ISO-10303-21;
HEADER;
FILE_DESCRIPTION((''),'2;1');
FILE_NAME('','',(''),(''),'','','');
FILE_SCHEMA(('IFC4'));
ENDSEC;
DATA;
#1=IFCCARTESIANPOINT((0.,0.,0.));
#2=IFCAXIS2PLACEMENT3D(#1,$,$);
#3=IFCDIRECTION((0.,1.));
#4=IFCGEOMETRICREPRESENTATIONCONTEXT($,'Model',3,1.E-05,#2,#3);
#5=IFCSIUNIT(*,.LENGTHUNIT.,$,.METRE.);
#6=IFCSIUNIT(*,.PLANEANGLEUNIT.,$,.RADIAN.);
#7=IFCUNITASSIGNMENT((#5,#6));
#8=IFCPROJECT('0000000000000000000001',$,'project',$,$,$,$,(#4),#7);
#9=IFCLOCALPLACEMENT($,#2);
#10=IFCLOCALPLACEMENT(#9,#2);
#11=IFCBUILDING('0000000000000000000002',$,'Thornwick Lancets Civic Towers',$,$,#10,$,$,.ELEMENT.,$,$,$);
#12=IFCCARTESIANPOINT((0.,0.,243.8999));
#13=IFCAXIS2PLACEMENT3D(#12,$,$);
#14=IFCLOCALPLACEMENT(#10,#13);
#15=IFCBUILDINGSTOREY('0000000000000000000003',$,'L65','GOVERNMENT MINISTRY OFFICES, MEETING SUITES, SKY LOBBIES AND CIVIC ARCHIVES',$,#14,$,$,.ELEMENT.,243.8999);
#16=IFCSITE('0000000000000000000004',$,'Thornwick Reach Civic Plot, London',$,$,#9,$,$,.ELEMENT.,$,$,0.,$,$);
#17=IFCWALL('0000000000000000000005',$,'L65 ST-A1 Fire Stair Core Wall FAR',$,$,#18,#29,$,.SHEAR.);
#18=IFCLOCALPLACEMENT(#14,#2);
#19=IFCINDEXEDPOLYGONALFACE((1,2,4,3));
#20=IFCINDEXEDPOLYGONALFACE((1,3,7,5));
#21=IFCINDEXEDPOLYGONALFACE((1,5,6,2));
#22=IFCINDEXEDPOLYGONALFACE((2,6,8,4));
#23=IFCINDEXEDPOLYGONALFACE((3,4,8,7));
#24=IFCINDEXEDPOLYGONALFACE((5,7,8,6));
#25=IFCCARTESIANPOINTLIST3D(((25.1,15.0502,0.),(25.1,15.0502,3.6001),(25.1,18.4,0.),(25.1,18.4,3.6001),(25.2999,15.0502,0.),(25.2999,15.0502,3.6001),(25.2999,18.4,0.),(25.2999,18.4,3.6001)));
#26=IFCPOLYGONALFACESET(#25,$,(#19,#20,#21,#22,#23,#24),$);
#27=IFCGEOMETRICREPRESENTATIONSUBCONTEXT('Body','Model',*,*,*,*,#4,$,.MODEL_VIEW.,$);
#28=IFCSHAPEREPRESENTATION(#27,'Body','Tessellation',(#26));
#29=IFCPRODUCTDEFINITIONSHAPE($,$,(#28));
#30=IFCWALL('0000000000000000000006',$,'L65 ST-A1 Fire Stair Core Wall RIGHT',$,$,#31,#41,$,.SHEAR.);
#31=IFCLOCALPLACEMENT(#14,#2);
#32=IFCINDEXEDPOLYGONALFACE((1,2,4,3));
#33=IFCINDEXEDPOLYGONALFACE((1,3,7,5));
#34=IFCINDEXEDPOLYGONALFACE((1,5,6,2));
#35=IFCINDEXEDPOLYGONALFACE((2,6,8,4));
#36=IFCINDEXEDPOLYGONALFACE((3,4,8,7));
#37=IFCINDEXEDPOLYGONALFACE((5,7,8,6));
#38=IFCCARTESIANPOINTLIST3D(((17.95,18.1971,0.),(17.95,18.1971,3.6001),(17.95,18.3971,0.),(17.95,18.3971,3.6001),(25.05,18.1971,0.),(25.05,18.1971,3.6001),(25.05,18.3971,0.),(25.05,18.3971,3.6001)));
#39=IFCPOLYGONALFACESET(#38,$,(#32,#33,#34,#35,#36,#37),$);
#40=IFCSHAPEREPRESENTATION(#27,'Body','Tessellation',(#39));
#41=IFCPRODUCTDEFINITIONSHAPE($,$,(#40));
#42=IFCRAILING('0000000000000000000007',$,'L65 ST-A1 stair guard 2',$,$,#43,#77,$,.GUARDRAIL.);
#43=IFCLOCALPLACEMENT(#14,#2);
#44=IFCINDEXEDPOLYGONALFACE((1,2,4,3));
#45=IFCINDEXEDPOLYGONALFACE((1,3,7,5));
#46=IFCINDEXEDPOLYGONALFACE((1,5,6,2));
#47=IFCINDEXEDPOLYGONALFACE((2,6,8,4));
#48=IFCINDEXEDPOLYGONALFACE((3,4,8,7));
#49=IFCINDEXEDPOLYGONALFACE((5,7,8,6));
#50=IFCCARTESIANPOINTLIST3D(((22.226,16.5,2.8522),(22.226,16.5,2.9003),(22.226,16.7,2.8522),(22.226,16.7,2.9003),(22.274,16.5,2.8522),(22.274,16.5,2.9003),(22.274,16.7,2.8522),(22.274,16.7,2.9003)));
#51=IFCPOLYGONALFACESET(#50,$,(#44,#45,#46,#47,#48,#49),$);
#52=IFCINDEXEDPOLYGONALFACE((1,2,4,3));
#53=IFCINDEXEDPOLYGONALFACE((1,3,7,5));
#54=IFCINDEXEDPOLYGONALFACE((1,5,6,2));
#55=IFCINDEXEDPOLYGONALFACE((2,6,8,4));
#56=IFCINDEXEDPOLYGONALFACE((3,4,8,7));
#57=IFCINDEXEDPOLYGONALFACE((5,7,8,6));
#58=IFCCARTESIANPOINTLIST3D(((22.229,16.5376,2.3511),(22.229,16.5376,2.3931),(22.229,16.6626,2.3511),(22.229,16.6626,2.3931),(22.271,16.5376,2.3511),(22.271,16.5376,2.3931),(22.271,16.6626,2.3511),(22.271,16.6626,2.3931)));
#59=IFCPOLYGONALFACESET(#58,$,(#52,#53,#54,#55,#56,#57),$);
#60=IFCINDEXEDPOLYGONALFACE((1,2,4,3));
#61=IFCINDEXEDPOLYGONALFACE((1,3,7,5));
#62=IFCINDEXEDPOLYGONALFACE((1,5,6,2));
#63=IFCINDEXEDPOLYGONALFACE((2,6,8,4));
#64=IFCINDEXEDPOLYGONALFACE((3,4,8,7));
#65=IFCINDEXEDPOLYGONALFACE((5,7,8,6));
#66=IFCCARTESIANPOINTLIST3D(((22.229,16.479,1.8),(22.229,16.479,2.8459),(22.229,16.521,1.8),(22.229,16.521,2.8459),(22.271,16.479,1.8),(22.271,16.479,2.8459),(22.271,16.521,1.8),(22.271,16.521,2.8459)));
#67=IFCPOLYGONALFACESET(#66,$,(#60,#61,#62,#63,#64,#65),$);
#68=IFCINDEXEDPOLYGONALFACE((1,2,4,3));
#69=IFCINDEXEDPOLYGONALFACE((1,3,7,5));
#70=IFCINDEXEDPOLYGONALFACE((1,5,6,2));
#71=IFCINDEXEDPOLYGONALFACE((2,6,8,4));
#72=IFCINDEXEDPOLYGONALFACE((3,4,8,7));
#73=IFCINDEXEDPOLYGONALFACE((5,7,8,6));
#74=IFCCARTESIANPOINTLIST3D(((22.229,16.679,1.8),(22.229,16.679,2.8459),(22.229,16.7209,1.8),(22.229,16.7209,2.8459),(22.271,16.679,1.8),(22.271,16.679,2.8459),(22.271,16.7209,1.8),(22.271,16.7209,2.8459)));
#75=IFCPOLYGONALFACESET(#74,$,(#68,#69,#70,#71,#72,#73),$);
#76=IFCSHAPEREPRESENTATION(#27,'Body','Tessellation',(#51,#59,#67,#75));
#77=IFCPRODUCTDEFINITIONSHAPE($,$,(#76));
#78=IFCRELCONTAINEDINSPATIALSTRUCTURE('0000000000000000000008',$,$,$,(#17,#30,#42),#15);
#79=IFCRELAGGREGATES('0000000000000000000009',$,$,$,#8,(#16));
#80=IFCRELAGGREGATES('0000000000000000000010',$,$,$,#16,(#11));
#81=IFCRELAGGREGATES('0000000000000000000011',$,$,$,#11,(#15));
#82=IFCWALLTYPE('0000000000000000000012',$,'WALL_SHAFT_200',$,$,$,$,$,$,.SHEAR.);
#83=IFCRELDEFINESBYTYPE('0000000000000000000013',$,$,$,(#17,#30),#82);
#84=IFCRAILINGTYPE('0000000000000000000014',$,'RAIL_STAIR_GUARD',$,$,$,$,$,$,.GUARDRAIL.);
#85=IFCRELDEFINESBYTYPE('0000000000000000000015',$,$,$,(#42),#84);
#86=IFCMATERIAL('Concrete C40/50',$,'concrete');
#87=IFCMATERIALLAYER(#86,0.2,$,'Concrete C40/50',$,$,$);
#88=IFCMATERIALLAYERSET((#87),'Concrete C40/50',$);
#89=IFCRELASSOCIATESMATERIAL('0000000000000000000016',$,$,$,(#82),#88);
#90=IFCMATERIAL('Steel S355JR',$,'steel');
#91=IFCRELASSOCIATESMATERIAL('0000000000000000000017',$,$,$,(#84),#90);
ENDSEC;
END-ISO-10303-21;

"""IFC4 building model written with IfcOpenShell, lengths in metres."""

from ifc_helpers import new_model, si_unit, direction, frame, frame_2d, origin, origin_2d, place, context, subcontext, project, spatial, rectangle, extrude, material, layer, layer_set, type_object, element, save


model = new_model("IFC4")

# Units and contexts
model_context = context("Model", 3, precision=1e-05, world=origin(), true_north=direction((0.0, 1.0)))
body_context = subcontext(model_context, "Body", "Model", "MODEL_VIEW")
ifc_project = project(units=[si_unit("LENGTHUNIT", "METRE"), si_unit("PLANEANGLEUNIT", "RADIAN")], contexts=[model_context])

# Site, building, storey
site_placement = place(None, origin())
site = spatial("IfcSite", under=ifc_project, at=site_placement, Name="Thornwick Reach Civic Plot, London", CompositionType="ELEMENT", RefElevation=0.0)
building_placement = place(site_placement, origin())
building = spatial("IfcBuilding", under=site, at=building_placement, Name="Thornwick Lancets Civic Towers", CompositionType="ELEMENT")
storey_placement = place(building_placement, frame((0.0, 0.0, 243.8999)))
storey = spatial("IfcBuildingStorey", under=building, at=storey_placement, Name="L65", Description="GOVERNMENT MINISTRY OFFICES, MEETING SUITES, SKY LOBBIES AND CIVIC ARCHIVES", CompositionType="ELEMENT", Elevation=243.8999)

# Shared definitions
ifc_material_1 = material(Name="Steel S355JR", Category="steel")

# Shared definitions
ifc_material_2 = material(Name="Concrete C40/50", Category="concrete")

# Walls
ifc_layer_1 = layer(ifc_material_2, 0.2, Name="Concrete C40/50")
ifc_layer_set_1 = layer_set([ifc_layer_1], Name="Concrete C40/50")
wall_type_1 = type_object("IfcWallType", Name="WALL_SHAFT_200", PredefinedType="SHEAR", material=ifc_layer_set_1)
wall_1_placement = place(storey_placement, frame((25.2, 18.3999, 0.0), z_axis=(0.0, 0.0, 1.0), x_axis=(0.0, -1.0, 0.0)))
element("IfcWall", 1, at=wall_1_placement, inside=storey, type_object=wall_type_1, Name="L65 ST-A1 Fire Stair Core Wall FAR", PredefinedType="SHEAR", context=body_context, shape_type="SweptSolid", body=[
    extrude(rectangle(XDim=3.3499, YDim=0.2, at=frame_2d((1.6748, 0.0))), origin(), (0.0, 0.0, 1.0), 3.6001),
])
wall_2_placement = place(storey_placement, frame((25.05, 18.2971, 0.0), z_axis=(0.0, 0.0, 1.0), x_axis=(-1.0, 0.0, 0.0)))
element("IfcWall", 2, at=wall_2_placement, inside=storey, type_object=wall_type_1, Name="L65 ST-A1 Fire Stair Core Wall RIGHT", PredefinedType="SHEAR", context=body_context, shape_type="SweptSolid", body=[
    extrude(rectangle(XDim=7.1001, YDim=0.2, at=frame_2d((3.55, 0.0))), origin(), (0.0, 0.0, 1.0), 3.6001),
])

# Railing
railing_type = type_object("IfcRailingType", Name="RAIL_STAIR_GUARD", PredefinedType="GUARDRAIL", material=ifc_material_1)
railing_placement = place(storey_placement, frame((22.25, 16.5, 1.8)))
element("IfcRailing", 3, at=railing_placement, inside=storey, type_object=railing_type, Name="L65 ST-A1 stair guard 2", PredefinedType="GUARDRAIL", context=body_context, shape_type="SweptSolid", body=[
    extrude(rectangle(XDim=0.0481, YDim=0.0481, at=origin_2d()), frame((0.0, 0.0, 1.0762), z_axis=(0.0, 1.0, 0.0), x_axis=(-1.0, 0.0, 0.0)), (0.0, 0.0, 1.0), 0.2),
    extrude(rectangle(XDim=0.042, YDim=0.042, at=origin_2d()), frame((0.0, 0.0376, 0.572), z_axis=(0.0, 1.0, 0.0), x_axis=(-1.0, 0.0, 0.0)), (0.0, 0.0, 1.0), 0.125),
    extrude(rectangle(XDim=0.042, YDim=0.042, at=origin_2d()), origin(), (0.0, 0.0, 1.0), 1.0459),
    extrude(rectangle(XDim=0.042, YDim=0.042, at=origin_2d()), frame((0.0, 0.2, 0.0)), (0.0, 0.0, 1.0), 1.0459),
])

save(model, "model.ifc")
